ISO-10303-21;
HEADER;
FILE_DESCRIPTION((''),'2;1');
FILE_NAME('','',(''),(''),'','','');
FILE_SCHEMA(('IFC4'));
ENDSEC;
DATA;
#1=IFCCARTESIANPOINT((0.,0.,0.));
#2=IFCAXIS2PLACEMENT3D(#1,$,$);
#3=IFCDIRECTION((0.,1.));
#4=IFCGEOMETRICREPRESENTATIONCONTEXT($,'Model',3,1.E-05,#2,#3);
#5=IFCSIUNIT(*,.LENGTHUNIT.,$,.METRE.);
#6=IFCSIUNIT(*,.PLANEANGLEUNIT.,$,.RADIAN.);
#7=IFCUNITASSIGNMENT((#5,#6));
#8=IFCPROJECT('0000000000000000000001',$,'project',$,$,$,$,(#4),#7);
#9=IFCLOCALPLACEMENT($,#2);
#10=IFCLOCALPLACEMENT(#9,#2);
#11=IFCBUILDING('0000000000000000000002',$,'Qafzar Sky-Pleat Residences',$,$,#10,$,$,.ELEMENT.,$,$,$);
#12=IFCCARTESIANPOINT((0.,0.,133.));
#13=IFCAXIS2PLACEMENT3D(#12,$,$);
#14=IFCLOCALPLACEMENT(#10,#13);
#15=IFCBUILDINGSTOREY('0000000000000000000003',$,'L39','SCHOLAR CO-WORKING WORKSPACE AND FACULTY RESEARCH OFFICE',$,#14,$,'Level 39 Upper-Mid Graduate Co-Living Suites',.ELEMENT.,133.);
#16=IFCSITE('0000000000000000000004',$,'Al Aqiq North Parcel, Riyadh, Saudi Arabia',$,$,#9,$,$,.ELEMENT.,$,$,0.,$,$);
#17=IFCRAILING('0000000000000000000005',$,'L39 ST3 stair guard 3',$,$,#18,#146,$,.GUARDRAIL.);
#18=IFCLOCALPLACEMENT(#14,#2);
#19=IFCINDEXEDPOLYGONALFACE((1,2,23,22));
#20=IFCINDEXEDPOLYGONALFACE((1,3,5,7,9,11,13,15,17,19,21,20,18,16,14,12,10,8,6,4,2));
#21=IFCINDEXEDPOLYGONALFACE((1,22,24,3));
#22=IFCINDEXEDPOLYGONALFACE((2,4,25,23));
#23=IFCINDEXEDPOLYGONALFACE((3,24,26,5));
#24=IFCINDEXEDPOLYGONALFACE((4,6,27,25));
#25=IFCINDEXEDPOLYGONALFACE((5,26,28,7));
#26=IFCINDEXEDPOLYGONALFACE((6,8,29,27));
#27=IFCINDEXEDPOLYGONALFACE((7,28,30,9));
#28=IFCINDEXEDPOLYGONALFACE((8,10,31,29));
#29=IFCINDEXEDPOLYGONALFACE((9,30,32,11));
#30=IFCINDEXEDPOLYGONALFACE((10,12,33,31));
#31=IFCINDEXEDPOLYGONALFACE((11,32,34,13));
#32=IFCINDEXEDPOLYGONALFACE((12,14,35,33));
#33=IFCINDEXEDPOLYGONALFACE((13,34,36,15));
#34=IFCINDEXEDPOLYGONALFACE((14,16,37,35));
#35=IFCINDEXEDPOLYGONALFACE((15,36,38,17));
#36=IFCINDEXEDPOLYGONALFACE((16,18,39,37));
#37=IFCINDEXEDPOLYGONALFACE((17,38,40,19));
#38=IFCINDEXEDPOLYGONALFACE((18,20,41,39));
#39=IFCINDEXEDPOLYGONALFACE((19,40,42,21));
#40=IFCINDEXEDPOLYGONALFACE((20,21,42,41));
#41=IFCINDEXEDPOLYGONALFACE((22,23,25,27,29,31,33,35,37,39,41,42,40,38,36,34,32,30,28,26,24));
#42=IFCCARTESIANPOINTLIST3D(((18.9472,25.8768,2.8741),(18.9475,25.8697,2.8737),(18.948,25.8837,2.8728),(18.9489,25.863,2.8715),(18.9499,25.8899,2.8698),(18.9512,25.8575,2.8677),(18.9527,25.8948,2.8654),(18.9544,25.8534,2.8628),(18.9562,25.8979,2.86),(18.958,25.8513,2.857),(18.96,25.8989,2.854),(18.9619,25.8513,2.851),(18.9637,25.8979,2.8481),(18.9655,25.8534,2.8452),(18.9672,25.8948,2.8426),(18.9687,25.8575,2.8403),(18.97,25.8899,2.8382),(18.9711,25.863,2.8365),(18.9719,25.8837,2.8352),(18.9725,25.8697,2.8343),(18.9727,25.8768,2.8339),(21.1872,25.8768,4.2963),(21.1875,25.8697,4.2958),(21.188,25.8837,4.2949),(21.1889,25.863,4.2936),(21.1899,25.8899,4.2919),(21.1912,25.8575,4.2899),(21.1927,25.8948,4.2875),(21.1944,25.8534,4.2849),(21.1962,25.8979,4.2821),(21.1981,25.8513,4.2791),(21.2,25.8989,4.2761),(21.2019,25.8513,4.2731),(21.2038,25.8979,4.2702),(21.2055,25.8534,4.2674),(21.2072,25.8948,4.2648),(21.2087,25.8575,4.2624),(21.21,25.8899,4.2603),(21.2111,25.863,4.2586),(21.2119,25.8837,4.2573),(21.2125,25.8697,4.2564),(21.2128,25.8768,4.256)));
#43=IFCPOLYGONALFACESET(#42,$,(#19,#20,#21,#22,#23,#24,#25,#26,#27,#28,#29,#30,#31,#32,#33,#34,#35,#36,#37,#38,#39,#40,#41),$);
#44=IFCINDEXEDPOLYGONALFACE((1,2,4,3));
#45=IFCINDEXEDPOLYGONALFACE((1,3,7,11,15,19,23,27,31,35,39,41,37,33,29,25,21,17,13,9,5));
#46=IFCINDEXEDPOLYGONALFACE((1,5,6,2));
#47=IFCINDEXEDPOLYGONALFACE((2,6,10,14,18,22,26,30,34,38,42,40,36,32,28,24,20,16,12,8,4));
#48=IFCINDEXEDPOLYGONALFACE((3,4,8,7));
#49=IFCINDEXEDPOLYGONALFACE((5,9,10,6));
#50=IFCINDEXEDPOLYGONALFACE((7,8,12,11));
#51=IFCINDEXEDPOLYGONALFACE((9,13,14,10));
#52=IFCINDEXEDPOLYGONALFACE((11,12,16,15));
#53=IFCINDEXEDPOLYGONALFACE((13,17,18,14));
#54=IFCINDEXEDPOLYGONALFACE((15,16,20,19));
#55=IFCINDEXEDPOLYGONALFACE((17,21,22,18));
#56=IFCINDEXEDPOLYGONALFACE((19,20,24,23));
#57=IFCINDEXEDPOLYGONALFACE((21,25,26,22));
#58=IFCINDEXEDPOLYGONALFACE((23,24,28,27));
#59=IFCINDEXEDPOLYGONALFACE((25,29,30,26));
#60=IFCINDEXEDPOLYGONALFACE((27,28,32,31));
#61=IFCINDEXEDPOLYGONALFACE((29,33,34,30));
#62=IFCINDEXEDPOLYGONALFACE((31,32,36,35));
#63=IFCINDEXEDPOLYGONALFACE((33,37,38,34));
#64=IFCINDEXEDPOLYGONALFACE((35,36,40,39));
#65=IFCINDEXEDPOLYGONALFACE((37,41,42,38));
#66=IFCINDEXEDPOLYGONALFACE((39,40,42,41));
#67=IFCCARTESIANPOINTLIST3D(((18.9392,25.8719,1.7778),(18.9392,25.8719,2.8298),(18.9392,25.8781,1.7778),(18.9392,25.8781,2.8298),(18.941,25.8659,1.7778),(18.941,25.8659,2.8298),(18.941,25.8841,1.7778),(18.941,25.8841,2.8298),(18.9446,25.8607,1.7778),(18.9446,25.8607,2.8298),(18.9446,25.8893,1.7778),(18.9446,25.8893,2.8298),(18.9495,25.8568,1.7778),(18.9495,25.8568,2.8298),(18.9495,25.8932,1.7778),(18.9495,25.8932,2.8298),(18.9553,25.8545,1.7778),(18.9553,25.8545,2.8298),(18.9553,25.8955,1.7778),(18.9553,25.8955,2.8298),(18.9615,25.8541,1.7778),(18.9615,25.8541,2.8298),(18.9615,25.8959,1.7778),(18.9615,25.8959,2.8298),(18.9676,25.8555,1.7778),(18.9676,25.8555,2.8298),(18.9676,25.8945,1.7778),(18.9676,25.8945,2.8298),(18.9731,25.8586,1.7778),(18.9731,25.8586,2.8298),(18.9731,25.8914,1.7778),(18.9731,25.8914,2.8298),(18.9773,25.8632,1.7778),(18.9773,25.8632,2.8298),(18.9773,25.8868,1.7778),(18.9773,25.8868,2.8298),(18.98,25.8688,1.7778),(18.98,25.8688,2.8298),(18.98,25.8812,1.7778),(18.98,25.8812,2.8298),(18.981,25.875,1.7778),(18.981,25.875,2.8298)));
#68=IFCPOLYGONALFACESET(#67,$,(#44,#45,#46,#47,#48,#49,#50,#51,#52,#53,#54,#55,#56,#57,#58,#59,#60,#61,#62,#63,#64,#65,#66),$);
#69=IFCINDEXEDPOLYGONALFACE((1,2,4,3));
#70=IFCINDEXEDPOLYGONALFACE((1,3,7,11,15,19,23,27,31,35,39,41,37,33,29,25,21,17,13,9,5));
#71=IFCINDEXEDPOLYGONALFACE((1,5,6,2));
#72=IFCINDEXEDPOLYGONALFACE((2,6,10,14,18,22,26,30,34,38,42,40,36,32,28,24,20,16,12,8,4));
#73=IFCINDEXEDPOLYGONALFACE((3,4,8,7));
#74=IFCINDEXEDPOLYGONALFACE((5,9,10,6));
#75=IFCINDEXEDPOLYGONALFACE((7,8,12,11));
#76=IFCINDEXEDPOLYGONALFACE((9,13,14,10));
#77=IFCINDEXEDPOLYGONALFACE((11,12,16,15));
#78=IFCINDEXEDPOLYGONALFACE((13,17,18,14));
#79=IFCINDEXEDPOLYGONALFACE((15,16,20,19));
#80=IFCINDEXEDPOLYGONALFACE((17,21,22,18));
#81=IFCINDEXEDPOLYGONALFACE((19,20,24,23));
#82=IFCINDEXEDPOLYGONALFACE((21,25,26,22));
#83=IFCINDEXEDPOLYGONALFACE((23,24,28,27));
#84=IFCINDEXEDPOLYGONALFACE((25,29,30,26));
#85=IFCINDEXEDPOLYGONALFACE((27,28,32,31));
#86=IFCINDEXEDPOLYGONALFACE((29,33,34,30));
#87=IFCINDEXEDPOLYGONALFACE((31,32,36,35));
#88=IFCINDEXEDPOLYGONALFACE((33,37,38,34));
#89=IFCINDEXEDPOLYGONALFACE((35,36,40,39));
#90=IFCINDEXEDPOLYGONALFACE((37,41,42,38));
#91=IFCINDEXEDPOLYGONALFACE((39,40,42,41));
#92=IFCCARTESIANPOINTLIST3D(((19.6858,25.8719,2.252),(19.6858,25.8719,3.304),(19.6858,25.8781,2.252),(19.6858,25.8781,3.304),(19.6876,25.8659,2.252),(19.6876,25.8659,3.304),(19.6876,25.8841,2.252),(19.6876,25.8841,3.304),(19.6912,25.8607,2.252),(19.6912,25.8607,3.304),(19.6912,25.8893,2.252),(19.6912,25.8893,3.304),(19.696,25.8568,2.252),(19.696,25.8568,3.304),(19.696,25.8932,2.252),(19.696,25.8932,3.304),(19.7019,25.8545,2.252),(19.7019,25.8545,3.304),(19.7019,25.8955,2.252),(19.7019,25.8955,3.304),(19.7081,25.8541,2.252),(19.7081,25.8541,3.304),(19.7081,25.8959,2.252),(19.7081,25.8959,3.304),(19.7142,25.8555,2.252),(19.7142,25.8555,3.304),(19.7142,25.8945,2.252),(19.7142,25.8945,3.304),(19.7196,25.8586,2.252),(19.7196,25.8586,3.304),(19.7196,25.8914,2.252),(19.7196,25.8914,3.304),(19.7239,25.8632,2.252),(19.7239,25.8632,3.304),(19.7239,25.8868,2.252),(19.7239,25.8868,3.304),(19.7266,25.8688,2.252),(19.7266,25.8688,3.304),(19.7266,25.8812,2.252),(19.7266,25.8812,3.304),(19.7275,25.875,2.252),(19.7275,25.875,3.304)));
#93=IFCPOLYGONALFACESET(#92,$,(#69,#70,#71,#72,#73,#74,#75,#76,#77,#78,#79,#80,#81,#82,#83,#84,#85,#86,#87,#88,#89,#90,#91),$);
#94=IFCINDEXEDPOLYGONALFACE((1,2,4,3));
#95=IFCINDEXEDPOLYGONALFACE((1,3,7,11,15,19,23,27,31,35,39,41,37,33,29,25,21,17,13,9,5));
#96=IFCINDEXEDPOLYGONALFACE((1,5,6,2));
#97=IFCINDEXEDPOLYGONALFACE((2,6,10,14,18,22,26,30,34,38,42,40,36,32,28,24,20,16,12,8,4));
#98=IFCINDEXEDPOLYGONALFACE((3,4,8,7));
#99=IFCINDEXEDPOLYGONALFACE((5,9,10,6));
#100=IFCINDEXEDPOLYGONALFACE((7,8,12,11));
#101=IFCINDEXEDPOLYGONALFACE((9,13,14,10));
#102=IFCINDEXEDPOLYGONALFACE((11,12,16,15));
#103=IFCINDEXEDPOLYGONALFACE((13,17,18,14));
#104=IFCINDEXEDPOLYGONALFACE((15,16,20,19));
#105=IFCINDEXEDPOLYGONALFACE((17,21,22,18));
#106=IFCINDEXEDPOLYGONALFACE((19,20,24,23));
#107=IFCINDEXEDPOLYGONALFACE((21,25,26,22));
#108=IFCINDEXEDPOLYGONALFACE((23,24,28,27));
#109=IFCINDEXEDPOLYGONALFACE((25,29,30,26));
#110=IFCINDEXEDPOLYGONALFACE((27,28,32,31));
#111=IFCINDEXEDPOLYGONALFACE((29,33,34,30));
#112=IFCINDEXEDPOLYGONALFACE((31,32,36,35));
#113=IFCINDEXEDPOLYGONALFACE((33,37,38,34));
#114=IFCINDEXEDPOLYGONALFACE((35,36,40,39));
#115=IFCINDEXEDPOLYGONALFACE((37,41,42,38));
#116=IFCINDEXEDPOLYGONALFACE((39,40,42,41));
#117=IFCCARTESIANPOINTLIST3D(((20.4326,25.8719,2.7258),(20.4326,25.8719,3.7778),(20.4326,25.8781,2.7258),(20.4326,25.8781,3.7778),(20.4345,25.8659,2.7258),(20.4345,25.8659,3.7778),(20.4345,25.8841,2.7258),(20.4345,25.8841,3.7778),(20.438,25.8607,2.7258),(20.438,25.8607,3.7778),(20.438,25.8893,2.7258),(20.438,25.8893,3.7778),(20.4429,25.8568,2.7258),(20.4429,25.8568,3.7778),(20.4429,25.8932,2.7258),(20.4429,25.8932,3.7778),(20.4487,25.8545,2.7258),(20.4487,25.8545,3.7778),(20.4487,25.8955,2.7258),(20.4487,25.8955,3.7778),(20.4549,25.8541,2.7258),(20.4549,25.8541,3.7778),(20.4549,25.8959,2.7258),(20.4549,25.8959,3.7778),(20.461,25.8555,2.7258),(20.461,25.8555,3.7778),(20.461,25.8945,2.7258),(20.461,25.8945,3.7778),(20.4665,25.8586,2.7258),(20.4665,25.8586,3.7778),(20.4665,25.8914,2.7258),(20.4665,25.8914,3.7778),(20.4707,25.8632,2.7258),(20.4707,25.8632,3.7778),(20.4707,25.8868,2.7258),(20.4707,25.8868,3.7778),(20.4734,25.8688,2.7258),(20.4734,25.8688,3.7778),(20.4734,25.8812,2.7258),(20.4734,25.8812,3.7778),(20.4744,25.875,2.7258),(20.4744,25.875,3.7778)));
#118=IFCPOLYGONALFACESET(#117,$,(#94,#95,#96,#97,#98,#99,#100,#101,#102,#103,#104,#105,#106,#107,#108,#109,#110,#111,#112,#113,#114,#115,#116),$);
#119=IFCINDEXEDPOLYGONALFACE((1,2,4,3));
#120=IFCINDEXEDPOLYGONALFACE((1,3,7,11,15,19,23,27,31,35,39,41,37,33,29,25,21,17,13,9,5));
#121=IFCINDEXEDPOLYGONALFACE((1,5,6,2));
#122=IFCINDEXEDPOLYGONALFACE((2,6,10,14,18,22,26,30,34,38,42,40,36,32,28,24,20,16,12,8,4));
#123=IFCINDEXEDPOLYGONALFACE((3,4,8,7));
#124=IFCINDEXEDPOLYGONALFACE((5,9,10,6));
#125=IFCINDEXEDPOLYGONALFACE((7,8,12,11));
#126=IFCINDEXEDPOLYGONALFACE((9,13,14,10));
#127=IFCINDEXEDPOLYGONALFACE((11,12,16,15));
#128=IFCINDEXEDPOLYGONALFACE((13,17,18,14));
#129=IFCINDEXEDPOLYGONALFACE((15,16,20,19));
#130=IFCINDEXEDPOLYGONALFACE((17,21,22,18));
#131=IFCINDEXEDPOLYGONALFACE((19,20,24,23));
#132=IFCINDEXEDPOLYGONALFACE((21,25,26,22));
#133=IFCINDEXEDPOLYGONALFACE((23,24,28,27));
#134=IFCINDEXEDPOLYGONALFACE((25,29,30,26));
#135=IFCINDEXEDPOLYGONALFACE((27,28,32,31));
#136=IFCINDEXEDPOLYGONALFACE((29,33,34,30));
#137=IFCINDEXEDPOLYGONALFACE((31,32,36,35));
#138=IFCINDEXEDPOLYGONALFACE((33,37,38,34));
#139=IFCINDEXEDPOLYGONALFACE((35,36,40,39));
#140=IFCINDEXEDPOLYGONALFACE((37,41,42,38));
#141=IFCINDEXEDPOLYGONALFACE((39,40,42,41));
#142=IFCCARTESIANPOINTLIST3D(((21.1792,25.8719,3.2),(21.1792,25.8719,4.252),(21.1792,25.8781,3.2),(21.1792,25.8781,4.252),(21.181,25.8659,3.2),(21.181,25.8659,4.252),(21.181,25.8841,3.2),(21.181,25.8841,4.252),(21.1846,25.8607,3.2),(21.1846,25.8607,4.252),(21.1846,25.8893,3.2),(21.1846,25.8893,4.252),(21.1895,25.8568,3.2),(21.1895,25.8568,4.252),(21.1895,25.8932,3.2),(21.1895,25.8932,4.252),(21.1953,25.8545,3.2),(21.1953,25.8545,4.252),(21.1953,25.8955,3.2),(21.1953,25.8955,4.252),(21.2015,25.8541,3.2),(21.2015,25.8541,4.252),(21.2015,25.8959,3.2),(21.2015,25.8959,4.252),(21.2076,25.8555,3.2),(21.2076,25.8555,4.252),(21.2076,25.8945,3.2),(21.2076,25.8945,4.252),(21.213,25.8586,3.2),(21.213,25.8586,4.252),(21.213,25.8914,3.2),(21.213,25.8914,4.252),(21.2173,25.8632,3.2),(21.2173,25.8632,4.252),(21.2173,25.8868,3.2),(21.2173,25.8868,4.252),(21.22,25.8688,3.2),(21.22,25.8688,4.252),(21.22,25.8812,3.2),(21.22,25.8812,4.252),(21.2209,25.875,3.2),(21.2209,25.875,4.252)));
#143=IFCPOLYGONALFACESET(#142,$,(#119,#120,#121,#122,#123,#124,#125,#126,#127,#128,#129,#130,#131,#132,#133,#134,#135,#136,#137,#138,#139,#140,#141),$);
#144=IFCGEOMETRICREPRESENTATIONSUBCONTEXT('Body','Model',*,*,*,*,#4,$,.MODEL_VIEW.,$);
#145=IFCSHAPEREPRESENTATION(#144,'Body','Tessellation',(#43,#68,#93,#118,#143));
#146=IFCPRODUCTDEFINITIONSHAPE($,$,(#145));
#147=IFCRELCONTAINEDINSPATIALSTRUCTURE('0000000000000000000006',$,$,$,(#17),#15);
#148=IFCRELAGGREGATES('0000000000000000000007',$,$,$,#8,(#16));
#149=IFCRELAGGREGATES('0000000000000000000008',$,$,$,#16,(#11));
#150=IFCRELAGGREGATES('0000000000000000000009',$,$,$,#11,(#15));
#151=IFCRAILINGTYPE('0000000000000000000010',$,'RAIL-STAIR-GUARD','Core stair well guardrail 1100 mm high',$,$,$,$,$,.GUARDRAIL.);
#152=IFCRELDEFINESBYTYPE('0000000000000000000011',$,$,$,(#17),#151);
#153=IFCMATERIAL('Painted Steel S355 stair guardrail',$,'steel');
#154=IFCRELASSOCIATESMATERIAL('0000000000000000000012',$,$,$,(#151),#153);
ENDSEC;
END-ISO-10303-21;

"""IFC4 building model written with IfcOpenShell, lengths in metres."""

from ifc_helpers import new_model, si_unit, direction, frame, origin, origin_2d, place, context, subcontext, project, spatial, circle, extrude, source, transform, mapped, material, type_object, element, save


model = new_model("IFC4")

# Units and contexts
model_context = context("Model", 3, precision=1e-05, world=origin(), true_north=direction((0.0, 1.0)))
body_context = subcontext(model_context, "Body", "Model", "MODEL_VIEW")
ifc_project = project(units=[si_unit("LENGTHUNIT", "METRE"), si_unit("PLANEANGLEUNIT", "RADIAN")], contexts=[model_context])

# Site, building, storey
site_placement = place(None, origin())
site = spatial("IfcSite", under=ifc_project, at=site_placement, Name="Al Aqiq North Parcel, Riyadh, Saudi Arabia", CompositionType="ELEMENT", RefElevation=0.0)
building_placement = place(site_placement, origin())
building = spatial("IfcBuilding", under=site, at=building_placement, Name="Qafzar Sky-Pleat Residences", CompositionType="ELEMENT")
storey_placement = place(building_placement, frame((0.0, 0.0, 133.0)))
storey = spatial("IfcBuildingStorey", under=building, at=storey_placement, Name="L39", Description="SCHOLAR CO-WORKING WORKSPACE AND FACULTY RESEARCH OFFICE", LongName="Level 39 Upper-Mid Graduate Co-Living Suites", CompositionType="ELEMENT", Elevation=133.0)

# Railing
ifc_material_1 = material(Name="Painted Steel S355 stair guardrail", Category="steel")
railing_type_1 = type_object("IfcRailingType", Name="RAIL-STAIR-GUARD", Description="Core stair well guardrail 1100 mm high", PredefinedType="GUARDRAIL", material=ifc_material_1)
shared_shape_1 = source(origin(), body_context, "Body", "SweptSolid", [
    extrude(circle(Radius=0.0239, at=origin_2d()), frame((0.0, 0.0, 1.0762), z_axis=(0.844229, 0.0, 0.535982), x_axis=(0.0, 1.0, 0.0)), (0.0, 0.0, 1.0), 2.6533),
    extrude(circle(Radius=0.021, at=origin_2d()), origin(), (0.0, 0.0, 1.0), 1.052),
    extrude(circle(Radius=0.021, at=origin_2d()), frame((0.7466, 0.0, 0.4741)), (0.0, 0.0, 1.0), 1.052),
    extrude(circle(Radius=0.021, at=origin_2d()), frame((1.4934, 0.0, 0.948)), (0.0, 0.0, 1.0), 1.052),
    extrude(circle(Radius=0.021, at=origin_2d()), frame((2.24, 0.0, 1.4221)), (0.0, 0.0, 1.0), 1.052),
])
railing_1_placement = place(storey_placement, frame((18.96, 25.875, 1.7778)))
element("IfcRailing", 1, at=railing_1_placement, inside=storey, type_object=railing_type_1, Name="L39 ST3 stair guard 3", PredefinedType="GUARDRAIL", context=body_context, shape_type="MappedRepresentation", body=[
    mapped(shared_shape_1, transform((0.0, 0.0, 0.0), x_axis=(1.0, 0.0, 0.0), y_axis=(0.0, 1.0, 0.0), z_axis=(0.0, 0.0, 1.0), scale=1.0)),
])

save(model, "model.ifc")
